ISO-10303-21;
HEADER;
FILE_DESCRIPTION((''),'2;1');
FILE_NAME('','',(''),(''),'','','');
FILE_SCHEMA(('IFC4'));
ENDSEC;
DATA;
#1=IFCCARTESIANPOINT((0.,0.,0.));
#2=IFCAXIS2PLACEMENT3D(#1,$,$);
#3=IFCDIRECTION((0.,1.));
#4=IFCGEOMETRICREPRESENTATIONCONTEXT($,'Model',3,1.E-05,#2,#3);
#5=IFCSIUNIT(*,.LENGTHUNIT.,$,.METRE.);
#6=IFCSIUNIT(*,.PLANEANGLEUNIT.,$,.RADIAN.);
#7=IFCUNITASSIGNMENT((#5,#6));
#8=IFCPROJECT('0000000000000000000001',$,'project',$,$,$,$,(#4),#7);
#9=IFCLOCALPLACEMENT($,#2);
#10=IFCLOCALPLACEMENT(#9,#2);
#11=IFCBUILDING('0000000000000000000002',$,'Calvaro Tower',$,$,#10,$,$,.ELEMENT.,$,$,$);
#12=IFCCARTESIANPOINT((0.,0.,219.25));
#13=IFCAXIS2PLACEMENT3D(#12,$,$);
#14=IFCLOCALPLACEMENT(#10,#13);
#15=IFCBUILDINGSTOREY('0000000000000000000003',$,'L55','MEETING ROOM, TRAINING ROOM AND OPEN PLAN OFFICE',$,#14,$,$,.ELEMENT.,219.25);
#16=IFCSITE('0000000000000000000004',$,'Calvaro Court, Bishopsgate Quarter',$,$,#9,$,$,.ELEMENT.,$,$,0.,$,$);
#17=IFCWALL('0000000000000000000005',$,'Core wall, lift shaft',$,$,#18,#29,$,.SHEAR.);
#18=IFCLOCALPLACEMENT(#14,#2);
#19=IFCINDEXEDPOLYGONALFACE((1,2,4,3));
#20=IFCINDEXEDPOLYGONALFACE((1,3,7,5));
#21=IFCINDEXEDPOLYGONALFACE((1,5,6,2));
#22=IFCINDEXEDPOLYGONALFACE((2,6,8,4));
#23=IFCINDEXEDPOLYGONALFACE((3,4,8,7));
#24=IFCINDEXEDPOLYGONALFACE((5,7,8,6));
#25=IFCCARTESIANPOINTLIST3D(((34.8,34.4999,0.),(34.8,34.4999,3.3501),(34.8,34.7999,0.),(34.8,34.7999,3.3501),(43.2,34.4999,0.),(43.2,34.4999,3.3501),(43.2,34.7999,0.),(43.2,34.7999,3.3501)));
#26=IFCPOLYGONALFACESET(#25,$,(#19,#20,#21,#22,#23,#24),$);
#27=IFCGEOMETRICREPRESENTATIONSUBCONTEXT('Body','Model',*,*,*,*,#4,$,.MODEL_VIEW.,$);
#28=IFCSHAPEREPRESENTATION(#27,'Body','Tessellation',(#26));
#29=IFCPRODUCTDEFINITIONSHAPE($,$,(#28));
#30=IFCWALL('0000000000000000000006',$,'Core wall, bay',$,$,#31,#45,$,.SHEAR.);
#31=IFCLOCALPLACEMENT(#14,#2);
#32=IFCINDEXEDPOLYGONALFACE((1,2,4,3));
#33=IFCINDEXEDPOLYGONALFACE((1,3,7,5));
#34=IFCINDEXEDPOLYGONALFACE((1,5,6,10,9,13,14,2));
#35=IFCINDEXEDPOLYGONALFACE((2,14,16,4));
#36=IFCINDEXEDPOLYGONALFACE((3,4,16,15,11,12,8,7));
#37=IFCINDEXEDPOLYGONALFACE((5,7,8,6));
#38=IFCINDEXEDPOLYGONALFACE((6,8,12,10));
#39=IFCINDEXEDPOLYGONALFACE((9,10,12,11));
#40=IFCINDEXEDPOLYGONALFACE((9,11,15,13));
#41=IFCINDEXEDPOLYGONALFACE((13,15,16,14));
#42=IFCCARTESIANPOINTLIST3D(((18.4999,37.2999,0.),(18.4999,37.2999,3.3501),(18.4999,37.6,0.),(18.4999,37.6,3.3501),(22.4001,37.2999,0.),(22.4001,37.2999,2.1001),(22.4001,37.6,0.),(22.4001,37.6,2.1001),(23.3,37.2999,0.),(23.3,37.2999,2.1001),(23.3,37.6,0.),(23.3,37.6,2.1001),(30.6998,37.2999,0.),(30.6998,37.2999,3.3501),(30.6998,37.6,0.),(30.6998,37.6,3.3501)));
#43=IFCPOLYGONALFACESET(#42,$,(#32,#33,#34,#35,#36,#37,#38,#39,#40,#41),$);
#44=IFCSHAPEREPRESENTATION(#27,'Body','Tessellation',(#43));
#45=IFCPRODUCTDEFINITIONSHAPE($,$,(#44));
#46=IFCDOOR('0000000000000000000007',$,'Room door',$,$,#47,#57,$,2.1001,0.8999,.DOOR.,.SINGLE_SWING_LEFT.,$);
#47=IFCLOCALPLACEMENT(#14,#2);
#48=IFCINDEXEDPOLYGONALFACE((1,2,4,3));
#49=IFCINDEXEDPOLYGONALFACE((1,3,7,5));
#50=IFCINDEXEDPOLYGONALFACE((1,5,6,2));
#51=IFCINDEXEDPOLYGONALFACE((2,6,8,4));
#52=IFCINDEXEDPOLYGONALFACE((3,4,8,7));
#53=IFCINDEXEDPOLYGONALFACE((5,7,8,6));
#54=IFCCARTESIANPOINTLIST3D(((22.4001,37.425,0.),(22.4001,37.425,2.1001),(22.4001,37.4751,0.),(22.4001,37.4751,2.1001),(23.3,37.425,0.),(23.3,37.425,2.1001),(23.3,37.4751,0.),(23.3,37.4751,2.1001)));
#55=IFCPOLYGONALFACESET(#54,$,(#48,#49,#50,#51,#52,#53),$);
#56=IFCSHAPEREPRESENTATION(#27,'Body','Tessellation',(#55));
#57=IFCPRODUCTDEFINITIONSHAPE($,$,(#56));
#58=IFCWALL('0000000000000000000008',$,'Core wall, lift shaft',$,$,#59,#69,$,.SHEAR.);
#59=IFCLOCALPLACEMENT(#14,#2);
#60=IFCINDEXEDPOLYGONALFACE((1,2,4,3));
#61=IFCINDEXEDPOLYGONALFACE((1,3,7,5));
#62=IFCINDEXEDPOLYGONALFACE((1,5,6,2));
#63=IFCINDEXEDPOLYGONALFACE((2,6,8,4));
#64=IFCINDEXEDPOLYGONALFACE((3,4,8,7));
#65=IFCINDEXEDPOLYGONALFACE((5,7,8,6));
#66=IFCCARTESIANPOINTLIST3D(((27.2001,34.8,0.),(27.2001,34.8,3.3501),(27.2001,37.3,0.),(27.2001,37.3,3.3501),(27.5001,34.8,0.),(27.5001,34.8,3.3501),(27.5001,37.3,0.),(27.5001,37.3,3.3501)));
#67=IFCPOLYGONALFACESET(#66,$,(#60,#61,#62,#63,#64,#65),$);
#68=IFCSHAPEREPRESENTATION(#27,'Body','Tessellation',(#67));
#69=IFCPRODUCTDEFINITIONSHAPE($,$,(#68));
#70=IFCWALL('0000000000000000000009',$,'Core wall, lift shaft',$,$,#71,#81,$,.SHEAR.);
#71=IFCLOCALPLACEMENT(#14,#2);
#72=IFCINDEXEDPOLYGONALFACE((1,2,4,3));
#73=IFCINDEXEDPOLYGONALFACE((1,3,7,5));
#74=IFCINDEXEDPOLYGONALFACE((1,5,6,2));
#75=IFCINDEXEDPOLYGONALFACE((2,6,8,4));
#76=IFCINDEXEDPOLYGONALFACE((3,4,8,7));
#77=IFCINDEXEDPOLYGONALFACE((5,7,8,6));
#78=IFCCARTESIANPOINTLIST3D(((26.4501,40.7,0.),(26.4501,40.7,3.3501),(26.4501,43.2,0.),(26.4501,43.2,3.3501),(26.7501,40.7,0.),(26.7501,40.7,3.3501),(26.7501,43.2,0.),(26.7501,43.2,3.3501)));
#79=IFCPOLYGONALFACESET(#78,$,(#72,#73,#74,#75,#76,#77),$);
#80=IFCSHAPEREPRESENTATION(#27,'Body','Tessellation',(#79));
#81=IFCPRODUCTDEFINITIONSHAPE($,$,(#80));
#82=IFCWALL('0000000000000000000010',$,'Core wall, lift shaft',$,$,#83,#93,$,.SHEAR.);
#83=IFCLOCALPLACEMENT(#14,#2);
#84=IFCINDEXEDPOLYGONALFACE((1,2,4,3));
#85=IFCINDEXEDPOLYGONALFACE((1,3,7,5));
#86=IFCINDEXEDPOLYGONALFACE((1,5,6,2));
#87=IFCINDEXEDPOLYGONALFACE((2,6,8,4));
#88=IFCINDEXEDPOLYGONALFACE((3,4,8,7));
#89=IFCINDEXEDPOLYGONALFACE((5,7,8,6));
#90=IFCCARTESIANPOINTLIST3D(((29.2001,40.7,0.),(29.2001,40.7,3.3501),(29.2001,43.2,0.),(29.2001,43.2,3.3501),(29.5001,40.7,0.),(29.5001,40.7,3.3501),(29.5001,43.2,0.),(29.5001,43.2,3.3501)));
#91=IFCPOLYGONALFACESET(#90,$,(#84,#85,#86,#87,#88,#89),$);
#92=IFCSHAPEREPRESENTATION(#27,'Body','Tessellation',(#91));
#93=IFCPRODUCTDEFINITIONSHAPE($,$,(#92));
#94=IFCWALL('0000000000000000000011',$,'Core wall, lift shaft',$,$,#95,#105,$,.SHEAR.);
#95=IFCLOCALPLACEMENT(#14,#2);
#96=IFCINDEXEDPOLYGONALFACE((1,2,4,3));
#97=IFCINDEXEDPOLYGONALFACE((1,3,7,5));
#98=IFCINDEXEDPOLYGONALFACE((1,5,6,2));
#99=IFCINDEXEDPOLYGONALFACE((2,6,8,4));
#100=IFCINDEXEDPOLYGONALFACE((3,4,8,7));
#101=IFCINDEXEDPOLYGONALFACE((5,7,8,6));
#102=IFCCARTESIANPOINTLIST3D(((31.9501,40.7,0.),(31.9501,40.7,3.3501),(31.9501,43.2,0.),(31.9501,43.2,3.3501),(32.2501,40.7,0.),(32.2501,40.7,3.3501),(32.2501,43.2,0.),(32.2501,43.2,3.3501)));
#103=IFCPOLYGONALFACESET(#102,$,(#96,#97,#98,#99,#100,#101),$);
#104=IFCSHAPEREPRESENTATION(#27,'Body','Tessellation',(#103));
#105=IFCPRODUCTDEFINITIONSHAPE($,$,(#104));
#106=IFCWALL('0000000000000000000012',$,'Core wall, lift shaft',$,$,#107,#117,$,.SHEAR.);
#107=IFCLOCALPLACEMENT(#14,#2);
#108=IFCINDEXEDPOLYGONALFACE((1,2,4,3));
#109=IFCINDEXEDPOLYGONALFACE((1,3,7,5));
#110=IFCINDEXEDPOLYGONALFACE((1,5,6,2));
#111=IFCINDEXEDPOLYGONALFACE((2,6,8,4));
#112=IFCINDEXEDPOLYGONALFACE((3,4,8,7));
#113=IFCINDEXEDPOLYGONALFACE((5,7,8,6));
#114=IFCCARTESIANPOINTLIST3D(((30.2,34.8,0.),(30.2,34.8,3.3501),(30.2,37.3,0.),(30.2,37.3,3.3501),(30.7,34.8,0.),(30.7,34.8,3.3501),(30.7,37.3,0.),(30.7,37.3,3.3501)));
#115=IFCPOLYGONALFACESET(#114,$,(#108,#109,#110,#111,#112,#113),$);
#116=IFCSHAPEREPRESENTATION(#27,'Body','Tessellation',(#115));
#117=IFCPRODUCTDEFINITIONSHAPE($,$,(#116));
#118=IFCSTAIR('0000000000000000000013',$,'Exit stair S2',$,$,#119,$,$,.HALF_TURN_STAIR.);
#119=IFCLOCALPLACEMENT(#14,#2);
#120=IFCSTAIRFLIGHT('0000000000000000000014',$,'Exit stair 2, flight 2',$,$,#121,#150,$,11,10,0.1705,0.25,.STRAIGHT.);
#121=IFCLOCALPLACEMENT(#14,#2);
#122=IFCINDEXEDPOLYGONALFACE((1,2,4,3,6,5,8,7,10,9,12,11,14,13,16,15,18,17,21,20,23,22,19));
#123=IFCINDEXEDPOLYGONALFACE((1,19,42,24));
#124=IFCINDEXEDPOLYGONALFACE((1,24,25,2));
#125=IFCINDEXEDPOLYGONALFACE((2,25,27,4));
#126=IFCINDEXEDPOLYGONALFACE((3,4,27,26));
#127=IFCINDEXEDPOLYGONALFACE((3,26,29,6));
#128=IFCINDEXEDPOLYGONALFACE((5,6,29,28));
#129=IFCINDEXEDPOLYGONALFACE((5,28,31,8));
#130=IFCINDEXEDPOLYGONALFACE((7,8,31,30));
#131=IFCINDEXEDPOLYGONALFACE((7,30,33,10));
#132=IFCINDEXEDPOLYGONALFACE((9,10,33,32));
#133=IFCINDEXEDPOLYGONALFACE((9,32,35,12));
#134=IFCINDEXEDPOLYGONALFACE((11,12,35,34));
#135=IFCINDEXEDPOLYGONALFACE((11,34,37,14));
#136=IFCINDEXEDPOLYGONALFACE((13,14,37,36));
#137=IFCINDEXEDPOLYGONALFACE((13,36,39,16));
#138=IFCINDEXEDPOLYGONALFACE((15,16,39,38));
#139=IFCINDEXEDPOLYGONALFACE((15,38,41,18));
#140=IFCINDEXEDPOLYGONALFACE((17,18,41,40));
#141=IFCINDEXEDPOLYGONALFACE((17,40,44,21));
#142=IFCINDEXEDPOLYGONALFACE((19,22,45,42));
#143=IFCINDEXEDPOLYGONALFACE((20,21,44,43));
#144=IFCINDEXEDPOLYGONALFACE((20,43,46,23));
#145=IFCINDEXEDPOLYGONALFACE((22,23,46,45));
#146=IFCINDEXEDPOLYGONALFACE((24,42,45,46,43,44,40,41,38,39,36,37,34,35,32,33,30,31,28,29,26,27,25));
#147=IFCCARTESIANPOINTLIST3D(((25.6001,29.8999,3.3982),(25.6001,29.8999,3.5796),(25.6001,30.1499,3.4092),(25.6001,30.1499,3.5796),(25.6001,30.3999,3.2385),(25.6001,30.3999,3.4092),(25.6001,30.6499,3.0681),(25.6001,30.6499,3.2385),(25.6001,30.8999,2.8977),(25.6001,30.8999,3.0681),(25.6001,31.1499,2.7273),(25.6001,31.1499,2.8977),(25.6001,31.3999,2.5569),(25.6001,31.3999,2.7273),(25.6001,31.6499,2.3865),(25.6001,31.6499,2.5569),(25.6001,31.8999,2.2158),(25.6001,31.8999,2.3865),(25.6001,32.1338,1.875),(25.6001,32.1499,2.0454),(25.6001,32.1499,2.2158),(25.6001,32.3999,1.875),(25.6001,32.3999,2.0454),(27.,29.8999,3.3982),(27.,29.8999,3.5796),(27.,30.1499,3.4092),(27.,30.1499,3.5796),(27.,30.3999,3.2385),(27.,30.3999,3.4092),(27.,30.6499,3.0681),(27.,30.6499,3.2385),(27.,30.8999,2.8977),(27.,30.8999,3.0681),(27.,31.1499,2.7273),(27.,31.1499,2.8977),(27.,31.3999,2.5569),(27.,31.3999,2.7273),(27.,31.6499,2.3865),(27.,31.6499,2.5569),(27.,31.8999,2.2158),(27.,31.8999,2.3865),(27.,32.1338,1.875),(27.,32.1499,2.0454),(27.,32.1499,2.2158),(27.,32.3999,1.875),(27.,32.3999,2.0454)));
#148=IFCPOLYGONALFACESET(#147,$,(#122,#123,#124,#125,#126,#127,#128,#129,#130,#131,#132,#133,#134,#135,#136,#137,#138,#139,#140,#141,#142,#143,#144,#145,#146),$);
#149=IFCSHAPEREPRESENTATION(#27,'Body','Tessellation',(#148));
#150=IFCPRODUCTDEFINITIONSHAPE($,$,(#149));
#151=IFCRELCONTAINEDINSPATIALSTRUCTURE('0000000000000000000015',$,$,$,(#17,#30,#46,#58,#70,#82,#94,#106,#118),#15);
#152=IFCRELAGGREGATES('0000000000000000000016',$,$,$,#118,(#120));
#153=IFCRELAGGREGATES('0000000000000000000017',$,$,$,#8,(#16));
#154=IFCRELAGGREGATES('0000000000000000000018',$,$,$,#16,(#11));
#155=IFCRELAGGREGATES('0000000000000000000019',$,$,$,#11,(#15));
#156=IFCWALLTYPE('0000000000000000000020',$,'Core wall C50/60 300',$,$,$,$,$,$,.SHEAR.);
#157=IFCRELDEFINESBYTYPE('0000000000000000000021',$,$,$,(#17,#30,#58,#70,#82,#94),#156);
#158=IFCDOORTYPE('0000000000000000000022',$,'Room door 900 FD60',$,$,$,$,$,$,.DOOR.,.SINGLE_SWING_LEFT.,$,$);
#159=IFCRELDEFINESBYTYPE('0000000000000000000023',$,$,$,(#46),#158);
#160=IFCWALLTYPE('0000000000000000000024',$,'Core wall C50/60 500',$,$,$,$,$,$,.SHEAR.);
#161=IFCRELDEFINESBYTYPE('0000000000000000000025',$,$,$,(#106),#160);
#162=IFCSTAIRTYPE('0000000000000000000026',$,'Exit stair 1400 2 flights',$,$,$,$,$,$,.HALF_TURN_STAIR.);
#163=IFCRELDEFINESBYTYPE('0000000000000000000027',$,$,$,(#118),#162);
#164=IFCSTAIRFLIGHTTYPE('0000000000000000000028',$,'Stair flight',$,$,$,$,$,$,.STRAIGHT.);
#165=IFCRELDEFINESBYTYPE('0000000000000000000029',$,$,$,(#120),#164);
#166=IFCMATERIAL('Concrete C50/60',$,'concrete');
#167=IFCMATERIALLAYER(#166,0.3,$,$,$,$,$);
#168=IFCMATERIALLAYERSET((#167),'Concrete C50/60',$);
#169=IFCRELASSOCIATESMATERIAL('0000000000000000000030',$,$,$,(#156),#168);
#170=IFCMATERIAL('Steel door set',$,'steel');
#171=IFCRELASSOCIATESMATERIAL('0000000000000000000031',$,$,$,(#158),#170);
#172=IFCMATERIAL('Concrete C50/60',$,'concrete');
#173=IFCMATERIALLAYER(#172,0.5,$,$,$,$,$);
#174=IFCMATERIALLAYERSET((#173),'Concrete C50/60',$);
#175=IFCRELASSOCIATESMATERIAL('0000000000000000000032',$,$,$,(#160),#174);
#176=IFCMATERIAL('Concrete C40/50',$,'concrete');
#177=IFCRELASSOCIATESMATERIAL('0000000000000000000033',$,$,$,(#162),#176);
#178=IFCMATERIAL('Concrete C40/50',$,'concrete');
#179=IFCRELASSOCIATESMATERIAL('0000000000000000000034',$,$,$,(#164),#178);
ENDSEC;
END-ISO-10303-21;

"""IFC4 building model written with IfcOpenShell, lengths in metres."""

from ifc_helpers import new_model, si_unit, direction, frame, frame_2d, origin, place, context, subcontext, project, spatial, polyline, rectangle, outline, extrude, material, layer, layer_set, type_object, element, fill, aggregate, save


model = new_model("IFC4")

# Units and contexts
model_context = context("Model", 3, precision=1e-05, world=origin(), true_north=direction((0.0, 1.0)))
body_context = subcontext(model_context, "Body", "Model", "MODEL_VIEW")
ifc_project = project(units=[si_unit("LENGTHUNIT", "METRE"), si_unit("PLANEANGLEUNIT", "RADIAN")], contexts=[model_context])

# Site, building, storey
site_placement = place(None, origin())
site = spatial("IfcSite", under=ifc_project, at=site_placement, Name="Calvaro Court, Bishopsgate Quarter", CompositionType="ELEMENT", RefElevation=0.0)
building_placement = place(site_placement, origin())
building = spatial("IfcBuilding", under=site, at=building_placement, Name="Calvaro Tower", CompositionType="ELEMENT")
storey_placement = place(building_placement, frame((0.0, 0.0, 219.25)))
storey = spatial("IfcBuildingStorey", under=building, at=storey_placement, Name="L55", Description="MEETING ROOM, TRAINING ROOM AND OPEN PLAN OFFICE", CompositionType="ELEMENT", Elevation=219.25)

# Wall
ifc_material_1 = material(Name="Concrete C50/60", Category="concrete")
ifc_layer_1 = layer(ifc_material_1, 0.3)
ifc_layer_set_1 = layer_set([ifc_layer_1], Name="Concrete C50/60")
wall_type_1 = type_object("IfcWallType", Name="Core wall C50/60 300", PredefinedType="SHEAR", material=ifc_layer_set_1)
wall_1_placement = place(storey_placement, frame((34.8, 34.6499, 0.0), z_axis=(0.0, 0.0, 1.0), x_axis=(1.0, 0.0, 0.0)))
element("IfcWall", 1, at=wall_1_placement, inside=storey, type_object=wall_type_1, Name="Core wall, lift shaft", PredefinedType="SHEAR", context=body_context, shape_type="SweptSolid", body=[
    extrude(rectangle(XDim=8.3999, YDim=0.3, at=frame_2d((4.2, 0.0))), origin(), (0.0, 0.0, 1.0), 3.3501),
])

# Wall, opening, door
wall_2_placement = place(storey_placement, frame((30.7, 37.45, 0.0), z_axis=(0.0, 0.0, 1.0), x_axis=(-1.0, 0.0, 0.0)))
wall_2 = element("IfcWall", 2, at=wall_2_placement, inside=storey, type_object=wall_type_1, Name="Core wall, bay", PredefinedType="SHEAR", context=body_context, shape_type="SweptSolid", body=[
    extrude(rectangle(XDim=12.2, YDim=0.3, at=frame_2d((6.1001, 0.0))), origin(), (0.0, 0.0, 1.0), 3.3501),
])
opening_placement = place(wall_2_placement, frame((7.3999, 0.0, 0.0)))
opening = element("IfcOpeningElement", 3, at=opening_placement, cuts=wall_2, PredefinedType="OPENING", context=body_context, shape_type="SweptSolid", body=[
    extrude(rectangle(XDim=0.8999, YDim=2.1001, at=frame_2d((0.45, 1.05))), frame((0.0, 0.1599, 0.0), z_axis=(0.0, -1.0, 0.0), x_axis=(1.0, 0.0, 0.0)), (0.0, 0.0, 1.0), 0.3201),
])
ifc_material_2 = material(Name="Steel door set", Category="steel")
door_type = type_object("IfcDoorType", Name="Room door 900 FD60", OperationType="SINGLE_SWING_LEFT", PredefinedType="DOOR", material=ifc_material_2)
door_placement = place(opening_placement, origin())
door = element("IfcDoor", 4, at=door_placement, inside=storey, type_object=door_type, Name="Room door", OperationType="SINGLE_SWING_LEFT", OverallHeight=2.1001, OverallWidth=0.8999, PredefinedType="DOOR", context=body_context, shape_type="SweptSolid", body=[
    extrude(rectangle(XDim=0.8999, YDim=2.1001, at=frame_2d((0.45, 1.05))), frame((0.0, 0.0249, 0.0), z_axis=(0.0, -1.0, 0.0), x_axis=(1.0, 0.0, 0.0)), (0.0, 0.0, 1.0), 0.05),
])
fill(opening, door)

# Walls
for number, where, z_axis, x_axis, name in (
    (5, (27.3501, 34.8, 0.0), (0.0, 0.0, 1.0), (0.0, 1.0, 0.0), "Core wall, lift shaft"),
    (6, (26.6001, 40.7, 0.0), (0.0, 0.0, 1.0), (0.0, 1.0, 0.0), "Core wall, lift shaft"),
    (7, (29.3501, 40.7, 0.0), (0.0, 0.0, 1.0), (0.0, 1.0, 0.0), "Core wall, lift shaft"),
    (8, (32.1001, 40.7, 0.0), (0.0, 0.0, 1.0), (0.0, 1.0, 0.0), "Core wall, lift shaft"),
):
    element("IfcWall", number, at=place(storey_placement, frame(where, z_axis=z_axis, x_axis=x_axis)), inside=storey, type_object=wall_type_1, Name=name, PredefinedType="SHEAR", context=body_context, shape_type="SweptSolid", body=[
        extrude(rectangle(XDim=2.5, YDim=0.3, at=frame_2d((1.25, 0.0))), origin(), (0.0, 0.0, 1.0), 3.3501),
    ])
ifc_material_3 = material(Name="Concrete C50/60", Category="concrete")
ifc_layer_2 = layer(ifc_material_3, 0.5)
ifc_layer_set_2 = layer_set([ifc_layer_2], Name="Concrete C50/60")
wall_type_2 = type_object("IfcWallType", Name="Core wall C50/60 500", PredefinedType="SHEAR", material=ifc_layer_set_2)
wall_3_placement = place(storey_placement, frame((30.45, 34.8, 0.0), z_axis=(0.0, 0.0, 1.0), x_axis=(0.0, 1.0, 0.0)))
element("IfcWall", 9, at=wall_3_placement, inside=storey, type_object=wall_type_2, Name="Core wall, lift shaft", PredefinedType="SHEAR", context=body_context, shape_type="SweptSolid", body=[
    extrude(rectangle(XDim=2.5, YDim=0.5, at=frame_2d((1.25, 0.0))), origin(), (0.0, 0.0, 1.0), 3.3501),
])

# Stair, stair flight
ifc_material_4 = material(Name="Concrete C40/50", Category="concrete")
stair_type = type_object("IfcStairType", Name="Exit stair 1400 2 flights", PredefinedType="HALF_TURN_STAIR", material=ifc_material_4)
stair_placement = place(storey_placement, origin())
stair = element("IfcStair", 10, at=stair_placement, inside=storey, type_object=stair_type, Name="Exit stair S2", PredefinedType="HALF_TURN_STAIR")
ifc_material_5 = material(Name="Concrete C40/50", Category="concrete")
stair_flight_type = type_object("IfcStairFlightType", Name="Stair flight", PredefinedType="STRAIGHT", material=ifc_material_5)
stair_flight_placement = place(storey_placement, frame((26.3, 32.3999, 1.875), z_axis=(0.0, 0.0, 1.0), x_axis=(0.0, -1.0, 0.0)))
stair_flight = element("IfcStairFlight", 11, at=stair_flight_placement, type_object=stair_flight_type, Name="Exit stair 2, flight 2", NumberOfRisers=11, NumberOfTreads=10, PredefinedType="STRAIGHT", RiserHeight=0.1705, TreadLength=0.25, context=body_context, shape_type="SweptSolid", body=[
    extrude(outline(polyline([(0.0, 0.0), (0.0, 0.1704), (0.25, 0.1704), (0.25, 0.3408), (0.5, 0.3408), (0.5, 0.5115), (0.75, 0.5115), (0.75, 0.6819), (1.0, 0.6819), (1.0, 0.8523), (1.25, 0.8523), (1.25, 1.0227), (1.5, 1.0227), (1.5, 1.1931), (1.75, 1.1931), (1.75, 1.3635), (2.0, 1.3635), (2.0, 1.5342), (2.25, 1.5342), (2.25, 1.7046), (2.5, 1.7046), (2.5, 1.875), (2.5, 1.5232), (0.2661, 0.0), (0.0, 0.0)])), frame((0.0, 0.7, 0.0), z_axis=(0.0, -1.0, 0.0), x_axis=(1.0, 0.0, 0.0)), (0.0, 0.0, 1.0), 1.3999),
])
aggregate(stair, [stair_flight])

save(model, "model.ifc")
